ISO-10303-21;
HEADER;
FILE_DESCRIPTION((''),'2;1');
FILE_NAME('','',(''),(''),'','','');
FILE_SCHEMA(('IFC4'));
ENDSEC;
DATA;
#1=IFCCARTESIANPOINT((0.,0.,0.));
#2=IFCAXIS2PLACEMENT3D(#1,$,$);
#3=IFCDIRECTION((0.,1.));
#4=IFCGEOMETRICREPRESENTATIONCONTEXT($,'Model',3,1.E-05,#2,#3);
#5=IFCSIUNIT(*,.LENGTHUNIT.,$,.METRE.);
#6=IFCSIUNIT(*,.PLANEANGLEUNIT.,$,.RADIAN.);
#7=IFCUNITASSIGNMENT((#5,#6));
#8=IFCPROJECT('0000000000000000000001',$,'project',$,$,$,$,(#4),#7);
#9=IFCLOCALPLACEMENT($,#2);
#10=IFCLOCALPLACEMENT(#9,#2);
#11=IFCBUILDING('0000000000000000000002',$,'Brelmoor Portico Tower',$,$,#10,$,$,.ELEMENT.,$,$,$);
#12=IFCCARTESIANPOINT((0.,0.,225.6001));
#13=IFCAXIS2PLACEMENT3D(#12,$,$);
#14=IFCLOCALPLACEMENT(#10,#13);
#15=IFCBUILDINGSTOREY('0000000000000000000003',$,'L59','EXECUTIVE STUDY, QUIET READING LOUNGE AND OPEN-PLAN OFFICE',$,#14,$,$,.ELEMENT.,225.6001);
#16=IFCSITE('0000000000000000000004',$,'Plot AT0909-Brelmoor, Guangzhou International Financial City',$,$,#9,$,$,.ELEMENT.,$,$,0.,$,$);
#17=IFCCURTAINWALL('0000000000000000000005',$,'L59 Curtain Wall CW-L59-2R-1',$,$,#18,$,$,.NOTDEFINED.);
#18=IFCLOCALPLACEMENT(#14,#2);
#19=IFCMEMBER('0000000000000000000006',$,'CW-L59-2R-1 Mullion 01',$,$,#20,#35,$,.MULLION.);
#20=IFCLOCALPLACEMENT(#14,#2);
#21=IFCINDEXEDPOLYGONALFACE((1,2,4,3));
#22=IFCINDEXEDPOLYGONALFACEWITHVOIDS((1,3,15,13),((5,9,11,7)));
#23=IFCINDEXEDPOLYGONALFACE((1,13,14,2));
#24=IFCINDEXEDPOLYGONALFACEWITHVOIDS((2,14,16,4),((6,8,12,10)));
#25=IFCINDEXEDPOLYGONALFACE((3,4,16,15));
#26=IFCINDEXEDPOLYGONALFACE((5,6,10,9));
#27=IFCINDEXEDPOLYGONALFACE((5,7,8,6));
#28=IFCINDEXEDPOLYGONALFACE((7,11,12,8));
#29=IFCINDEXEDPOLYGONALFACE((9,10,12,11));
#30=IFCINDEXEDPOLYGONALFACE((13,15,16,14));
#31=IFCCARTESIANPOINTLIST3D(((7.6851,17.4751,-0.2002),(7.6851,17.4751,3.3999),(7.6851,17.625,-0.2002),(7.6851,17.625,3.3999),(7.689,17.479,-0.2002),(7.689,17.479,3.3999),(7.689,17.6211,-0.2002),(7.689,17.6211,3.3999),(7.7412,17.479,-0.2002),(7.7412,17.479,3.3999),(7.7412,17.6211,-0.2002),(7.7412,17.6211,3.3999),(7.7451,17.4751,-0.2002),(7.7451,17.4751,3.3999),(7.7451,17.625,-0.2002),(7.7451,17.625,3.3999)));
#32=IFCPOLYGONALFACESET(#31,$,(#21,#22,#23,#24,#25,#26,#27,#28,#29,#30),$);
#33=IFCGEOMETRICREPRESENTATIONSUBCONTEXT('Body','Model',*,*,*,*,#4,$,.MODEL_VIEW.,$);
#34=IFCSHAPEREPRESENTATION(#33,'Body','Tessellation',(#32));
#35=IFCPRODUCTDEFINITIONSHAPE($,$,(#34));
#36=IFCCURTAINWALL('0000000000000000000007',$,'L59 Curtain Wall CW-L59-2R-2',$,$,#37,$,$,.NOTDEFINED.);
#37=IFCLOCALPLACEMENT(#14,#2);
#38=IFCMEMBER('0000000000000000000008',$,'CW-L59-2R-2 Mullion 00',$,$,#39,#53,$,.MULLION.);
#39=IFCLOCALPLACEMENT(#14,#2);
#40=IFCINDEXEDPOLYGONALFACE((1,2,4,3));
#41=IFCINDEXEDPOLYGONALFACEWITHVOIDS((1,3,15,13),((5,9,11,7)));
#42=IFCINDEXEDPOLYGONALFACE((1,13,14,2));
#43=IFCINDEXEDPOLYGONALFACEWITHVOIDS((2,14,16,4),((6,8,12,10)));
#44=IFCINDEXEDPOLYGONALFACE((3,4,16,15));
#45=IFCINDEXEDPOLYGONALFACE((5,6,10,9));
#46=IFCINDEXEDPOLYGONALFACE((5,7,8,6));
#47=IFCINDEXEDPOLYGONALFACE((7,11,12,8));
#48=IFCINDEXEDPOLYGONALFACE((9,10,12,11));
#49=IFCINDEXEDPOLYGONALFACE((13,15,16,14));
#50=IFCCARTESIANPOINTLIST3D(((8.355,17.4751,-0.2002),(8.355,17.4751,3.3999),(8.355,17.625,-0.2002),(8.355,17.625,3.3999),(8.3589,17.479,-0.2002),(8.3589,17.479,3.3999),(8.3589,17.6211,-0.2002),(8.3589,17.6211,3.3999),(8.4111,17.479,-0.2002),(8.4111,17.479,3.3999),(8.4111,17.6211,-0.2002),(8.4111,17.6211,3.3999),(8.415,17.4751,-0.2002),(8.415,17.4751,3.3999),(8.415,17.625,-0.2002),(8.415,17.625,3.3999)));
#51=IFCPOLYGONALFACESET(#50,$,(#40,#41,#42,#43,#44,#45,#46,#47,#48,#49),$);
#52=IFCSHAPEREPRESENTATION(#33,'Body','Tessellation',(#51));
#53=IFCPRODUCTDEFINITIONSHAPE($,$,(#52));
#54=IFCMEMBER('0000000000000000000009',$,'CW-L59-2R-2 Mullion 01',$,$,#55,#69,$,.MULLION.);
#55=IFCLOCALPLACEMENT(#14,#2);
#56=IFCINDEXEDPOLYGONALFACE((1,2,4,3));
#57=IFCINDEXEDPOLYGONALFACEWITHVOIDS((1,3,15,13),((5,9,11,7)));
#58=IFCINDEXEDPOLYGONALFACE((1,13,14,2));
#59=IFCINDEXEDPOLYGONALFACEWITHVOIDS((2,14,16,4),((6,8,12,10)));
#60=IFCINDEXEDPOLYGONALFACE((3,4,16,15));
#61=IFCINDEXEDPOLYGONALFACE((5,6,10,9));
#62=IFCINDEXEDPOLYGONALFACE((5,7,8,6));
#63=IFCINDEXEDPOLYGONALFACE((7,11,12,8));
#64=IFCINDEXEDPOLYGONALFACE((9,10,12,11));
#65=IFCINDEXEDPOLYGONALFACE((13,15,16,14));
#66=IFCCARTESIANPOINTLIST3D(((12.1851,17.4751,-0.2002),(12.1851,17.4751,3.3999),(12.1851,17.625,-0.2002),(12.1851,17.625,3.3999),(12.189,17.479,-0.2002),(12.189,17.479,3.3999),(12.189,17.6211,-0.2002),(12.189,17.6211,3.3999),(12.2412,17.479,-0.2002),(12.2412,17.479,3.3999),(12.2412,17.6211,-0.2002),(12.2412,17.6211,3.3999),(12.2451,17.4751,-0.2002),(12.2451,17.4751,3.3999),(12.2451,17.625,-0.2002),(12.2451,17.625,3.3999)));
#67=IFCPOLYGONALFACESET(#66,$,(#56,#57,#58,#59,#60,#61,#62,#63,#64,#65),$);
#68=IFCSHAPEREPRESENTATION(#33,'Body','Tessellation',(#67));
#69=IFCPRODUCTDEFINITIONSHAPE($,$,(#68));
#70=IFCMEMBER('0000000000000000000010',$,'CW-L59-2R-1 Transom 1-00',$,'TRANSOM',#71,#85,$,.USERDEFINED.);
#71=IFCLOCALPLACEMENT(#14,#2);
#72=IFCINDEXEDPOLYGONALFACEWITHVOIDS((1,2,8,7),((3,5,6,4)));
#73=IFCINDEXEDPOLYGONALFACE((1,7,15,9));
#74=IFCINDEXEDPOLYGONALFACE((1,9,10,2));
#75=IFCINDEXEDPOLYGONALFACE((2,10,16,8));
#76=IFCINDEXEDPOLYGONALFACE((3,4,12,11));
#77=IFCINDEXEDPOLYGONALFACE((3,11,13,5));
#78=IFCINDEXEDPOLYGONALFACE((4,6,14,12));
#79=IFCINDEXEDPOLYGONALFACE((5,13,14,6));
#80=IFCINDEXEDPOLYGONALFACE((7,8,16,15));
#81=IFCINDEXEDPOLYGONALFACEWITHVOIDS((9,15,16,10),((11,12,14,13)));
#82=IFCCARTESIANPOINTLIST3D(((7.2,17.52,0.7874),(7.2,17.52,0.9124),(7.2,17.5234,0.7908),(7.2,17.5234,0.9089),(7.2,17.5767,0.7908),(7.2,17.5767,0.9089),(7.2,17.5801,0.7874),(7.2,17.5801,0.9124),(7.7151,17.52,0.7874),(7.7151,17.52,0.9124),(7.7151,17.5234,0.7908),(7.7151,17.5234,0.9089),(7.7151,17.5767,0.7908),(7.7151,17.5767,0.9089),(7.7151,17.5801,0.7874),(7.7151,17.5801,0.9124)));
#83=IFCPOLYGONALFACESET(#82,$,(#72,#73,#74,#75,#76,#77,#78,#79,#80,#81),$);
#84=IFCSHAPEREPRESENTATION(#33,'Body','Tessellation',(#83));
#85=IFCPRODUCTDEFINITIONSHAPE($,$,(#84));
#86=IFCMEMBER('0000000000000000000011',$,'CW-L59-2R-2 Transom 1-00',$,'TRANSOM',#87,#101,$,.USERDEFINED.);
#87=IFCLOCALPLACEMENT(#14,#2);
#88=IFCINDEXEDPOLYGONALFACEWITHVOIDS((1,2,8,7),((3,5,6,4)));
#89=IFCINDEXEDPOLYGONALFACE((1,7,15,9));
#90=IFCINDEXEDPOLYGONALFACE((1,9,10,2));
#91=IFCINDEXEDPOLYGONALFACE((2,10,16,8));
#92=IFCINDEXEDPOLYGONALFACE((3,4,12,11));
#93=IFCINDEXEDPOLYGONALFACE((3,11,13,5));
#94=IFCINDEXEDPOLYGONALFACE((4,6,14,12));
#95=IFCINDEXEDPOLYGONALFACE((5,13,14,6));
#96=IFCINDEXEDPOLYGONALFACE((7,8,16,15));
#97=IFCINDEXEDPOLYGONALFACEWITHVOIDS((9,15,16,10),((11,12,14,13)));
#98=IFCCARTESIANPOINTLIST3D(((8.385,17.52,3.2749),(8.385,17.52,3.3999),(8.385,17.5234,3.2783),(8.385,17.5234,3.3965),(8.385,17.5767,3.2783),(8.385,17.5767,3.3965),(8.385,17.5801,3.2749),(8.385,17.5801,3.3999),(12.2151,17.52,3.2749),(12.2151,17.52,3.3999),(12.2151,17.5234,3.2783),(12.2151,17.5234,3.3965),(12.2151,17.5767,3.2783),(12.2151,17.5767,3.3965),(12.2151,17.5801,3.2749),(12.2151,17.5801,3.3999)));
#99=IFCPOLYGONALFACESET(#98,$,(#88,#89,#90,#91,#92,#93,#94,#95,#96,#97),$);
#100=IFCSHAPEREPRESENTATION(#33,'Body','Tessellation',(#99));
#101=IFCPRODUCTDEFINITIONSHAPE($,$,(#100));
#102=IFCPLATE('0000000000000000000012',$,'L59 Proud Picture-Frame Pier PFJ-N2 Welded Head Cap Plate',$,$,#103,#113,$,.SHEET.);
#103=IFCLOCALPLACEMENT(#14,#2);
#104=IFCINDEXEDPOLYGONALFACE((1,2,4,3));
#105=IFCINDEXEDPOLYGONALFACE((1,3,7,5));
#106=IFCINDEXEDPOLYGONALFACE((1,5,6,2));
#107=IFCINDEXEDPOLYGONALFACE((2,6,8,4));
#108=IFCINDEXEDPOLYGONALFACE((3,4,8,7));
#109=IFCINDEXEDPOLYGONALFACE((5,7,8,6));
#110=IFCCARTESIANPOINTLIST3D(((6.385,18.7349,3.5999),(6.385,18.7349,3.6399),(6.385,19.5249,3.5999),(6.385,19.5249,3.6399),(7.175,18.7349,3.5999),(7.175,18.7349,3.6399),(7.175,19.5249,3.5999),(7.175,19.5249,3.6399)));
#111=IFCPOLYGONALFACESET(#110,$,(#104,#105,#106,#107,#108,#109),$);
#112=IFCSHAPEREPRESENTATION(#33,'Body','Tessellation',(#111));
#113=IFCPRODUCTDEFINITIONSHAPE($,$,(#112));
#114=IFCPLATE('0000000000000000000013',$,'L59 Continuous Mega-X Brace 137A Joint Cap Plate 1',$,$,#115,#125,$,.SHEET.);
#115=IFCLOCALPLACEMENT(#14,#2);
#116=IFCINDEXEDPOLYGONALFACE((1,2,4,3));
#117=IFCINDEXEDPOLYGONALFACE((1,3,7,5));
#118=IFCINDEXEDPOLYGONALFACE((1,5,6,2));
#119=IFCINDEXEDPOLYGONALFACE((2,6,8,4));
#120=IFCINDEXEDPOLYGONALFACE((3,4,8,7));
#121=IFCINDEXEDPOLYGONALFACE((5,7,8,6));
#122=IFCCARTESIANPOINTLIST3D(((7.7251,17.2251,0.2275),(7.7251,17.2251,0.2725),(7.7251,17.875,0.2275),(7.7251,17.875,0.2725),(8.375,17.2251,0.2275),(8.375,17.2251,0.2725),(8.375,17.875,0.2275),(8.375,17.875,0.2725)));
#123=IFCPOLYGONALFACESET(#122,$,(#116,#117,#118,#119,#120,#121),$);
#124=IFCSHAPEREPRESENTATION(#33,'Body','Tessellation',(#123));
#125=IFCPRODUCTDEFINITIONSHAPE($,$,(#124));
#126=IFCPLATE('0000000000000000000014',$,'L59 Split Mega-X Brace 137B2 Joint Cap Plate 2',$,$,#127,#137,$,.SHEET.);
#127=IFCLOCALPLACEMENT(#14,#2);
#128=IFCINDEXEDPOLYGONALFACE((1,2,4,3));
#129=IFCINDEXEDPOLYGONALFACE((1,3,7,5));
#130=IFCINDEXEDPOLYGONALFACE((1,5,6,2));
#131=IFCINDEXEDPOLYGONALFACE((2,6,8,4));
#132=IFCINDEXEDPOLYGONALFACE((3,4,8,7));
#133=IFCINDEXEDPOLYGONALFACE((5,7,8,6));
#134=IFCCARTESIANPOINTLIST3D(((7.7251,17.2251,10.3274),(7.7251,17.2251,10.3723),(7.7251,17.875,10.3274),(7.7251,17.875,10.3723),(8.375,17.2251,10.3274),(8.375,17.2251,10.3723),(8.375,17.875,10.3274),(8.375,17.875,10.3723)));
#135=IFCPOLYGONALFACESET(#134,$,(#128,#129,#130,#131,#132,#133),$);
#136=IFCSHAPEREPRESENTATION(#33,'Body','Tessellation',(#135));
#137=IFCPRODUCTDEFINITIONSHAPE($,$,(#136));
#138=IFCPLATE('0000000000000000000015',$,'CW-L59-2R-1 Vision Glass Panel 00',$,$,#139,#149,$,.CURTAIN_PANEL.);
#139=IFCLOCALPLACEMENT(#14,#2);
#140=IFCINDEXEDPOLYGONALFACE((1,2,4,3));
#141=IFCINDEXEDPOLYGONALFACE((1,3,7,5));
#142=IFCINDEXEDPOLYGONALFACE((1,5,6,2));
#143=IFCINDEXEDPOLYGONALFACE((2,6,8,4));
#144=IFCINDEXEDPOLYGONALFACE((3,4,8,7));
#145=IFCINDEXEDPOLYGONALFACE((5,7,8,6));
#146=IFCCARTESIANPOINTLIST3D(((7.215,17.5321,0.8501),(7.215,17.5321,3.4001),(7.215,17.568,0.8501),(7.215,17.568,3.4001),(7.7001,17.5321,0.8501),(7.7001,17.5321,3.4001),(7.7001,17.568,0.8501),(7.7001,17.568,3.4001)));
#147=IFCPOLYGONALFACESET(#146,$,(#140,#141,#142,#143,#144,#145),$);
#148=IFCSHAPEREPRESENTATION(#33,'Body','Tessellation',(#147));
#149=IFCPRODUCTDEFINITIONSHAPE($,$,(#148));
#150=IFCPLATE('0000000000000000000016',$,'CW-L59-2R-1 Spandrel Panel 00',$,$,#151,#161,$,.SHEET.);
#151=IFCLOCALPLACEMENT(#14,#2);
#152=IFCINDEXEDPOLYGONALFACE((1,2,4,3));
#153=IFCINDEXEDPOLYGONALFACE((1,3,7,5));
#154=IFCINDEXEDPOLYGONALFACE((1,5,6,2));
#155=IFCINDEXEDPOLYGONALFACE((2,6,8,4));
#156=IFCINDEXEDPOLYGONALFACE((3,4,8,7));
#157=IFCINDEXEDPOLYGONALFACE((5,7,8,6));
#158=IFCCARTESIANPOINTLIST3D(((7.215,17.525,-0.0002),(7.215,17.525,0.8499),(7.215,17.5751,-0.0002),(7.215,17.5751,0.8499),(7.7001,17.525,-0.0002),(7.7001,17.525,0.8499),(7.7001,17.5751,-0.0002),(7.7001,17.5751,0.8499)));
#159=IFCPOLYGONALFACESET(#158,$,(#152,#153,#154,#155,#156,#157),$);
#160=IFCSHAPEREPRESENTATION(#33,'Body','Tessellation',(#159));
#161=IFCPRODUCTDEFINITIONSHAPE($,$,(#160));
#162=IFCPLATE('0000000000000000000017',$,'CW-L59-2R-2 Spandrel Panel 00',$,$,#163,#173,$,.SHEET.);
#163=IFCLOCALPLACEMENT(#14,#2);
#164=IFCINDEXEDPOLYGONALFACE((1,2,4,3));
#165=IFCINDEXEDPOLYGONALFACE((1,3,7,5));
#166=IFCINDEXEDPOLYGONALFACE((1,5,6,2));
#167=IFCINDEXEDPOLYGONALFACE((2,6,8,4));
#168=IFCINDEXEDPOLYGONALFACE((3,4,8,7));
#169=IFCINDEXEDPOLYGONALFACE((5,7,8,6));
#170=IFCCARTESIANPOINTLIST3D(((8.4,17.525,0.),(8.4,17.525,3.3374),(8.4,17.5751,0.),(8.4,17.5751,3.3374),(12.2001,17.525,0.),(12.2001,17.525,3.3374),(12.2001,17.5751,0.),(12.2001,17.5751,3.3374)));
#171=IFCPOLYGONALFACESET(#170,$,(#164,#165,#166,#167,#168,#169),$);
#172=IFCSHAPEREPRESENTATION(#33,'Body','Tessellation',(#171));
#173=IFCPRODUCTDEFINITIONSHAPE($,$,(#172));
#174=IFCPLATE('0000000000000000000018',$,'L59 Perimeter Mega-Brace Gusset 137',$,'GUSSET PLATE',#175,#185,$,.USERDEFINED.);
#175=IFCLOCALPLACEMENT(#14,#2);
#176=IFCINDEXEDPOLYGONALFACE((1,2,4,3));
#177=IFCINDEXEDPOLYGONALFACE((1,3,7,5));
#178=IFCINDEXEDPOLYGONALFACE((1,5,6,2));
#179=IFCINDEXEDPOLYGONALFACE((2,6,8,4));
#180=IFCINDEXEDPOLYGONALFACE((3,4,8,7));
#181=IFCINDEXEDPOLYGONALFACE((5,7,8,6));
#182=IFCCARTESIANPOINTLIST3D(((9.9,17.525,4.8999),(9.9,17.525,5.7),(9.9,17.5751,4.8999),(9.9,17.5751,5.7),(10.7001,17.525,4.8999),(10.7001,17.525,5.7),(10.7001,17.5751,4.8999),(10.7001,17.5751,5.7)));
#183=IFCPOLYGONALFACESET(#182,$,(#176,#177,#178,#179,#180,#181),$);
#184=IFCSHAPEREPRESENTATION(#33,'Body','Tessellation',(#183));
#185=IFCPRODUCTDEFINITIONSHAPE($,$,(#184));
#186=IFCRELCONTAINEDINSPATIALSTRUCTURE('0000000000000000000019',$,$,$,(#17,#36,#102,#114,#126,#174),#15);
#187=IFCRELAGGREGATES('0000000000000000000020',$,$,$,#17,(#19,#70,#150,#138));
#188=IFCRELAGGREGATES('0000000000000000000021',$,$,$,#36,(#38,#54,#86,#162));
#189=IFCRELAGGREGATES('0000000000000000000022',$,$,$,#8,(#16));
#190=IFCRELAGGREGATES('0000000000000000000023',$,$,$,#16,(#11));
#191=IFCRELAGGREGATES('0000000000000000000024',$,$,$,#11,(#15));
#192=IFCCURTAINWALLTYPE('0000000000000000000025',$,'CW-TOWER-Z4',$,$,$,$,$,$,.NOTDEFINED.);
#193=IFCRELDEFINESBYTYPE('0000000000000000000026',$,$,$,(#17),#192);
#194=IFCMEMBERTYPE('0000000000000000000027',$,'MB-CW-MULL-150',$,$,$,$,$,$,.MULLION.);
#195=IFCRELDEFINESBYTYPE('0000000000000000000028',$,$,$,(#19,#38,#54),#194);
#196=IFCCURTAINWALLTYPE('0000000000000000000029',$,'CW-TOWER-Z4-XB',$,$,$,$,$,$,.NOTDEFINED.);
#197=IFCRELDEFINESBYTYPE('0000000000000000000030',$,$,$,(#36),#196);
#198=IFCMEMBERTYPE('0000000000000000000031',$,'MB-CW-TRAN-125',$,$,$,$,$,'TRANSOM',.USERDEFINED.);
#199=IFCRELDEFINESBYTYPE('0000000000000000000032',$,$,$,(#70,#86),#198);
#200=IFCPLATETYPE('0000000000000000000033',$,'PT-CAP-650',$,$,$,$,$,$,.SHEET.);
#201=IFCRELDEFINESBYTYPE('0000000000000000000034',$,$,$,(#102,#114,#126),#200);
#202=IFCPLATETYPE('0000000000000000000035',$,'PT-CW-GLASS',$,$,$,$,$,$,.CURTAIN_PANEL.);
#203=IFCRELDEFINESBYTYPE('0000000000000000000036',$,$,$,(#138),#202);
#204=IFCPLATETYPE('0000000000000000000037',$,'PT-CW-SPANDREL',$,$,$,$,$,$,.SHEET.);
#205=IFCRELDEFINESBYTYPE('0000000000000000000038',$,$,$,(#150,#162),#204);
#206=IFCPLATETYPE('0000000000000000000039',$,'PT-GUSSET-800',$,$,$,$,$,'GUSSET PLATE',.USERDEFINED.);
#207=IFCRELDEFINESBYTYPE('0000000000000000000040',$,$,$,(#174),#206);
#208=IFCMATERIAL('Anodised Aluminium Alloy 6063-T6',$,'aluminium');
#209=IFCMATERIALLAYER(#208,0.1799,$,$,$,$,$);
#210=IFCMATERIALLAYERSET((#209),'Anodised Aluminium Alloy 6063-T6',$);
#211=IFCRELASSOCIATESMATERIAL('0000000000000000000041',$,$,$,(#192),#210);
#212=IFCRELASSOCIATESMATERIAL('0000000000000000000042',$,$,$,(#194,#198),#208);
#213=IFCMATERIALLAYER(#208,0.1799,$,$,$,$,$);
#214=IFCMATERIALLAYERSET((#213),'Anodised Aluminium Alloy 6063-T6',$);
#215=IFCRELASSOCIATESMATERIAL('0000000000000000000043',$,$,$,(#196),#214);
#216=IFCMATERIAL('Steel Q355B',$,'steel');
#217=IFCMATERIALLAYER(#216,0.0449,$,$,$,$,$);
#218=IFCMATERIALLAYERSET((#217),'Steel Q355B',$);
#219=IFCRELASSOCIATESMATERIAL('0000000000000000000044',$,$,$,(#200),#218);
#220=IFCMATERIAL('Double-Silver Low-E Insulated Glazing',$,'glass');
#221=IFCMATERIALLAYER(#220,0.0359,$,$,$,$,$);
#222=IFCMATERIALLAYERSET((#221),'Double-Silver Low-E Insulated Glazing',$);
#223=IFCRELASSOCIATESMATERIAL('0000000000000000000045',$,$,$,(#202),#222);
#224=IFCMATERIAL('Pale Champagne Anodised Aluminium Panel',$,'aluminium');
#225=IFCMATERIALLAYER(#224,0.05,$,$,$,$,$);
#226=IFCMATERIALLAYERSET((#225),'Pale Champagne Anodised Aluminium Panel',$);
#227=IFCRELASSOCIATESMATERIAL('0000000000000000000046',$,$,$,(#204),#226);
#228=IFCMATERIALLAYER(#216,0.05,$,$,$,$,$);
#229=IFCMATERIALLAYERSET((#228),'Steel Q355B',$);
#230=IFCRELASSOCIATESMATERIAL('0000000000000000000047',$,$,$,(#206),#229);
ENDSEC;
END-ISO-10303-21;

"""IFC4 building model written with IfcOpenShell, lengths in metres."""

from ifc_helpers import new_model, si_unit, direction, frame, origin, origin_2d, place, context, subcontext, project, spatial, rectangle, hollow_rectangle, extrude, material, layer, layer_set, material_profile, profile_set, type_object, element, aggregate, save


model = new_model("IFC4")

# Units and contexts
model_context = context("Model", 3, precision=1e-05, world=origin(), true_north=direction((0.0, 1.0)))
body_context = subcontext(model_context, "Body", "Model", "MODEL_VIEW")
ifc_project = project(units=[si_unit("LENGTHUNIT", "METRE"), si_unit("PLANEANGLEUNIT", "RADIAN")], contexts=[model_context])

# Site, building, storey
site_placement = place(None, origin())
site = spatial("IfcSite", under=ifc_project, at=site_placement, Name="Plot AT0909-Brelmoor, Guangzhou International Financial City", CompositionType="ELEMENT", RefElevation=0.0)
building_placement = place(site_placement, origin())
building = spatial("IfcBuilding", under=site, at=building_placement, Name="Brelmoor Portico Tower", CompositionType="ELEMENT")
storey_placement = place(building_placement, frame((0.0, 0.0, 225.6001)))
storey = spatial("IfcBuildingStorey", under=building, at=storey_placement, Name="L59", Description="EXECUTIVE STUDY, QUIET READING LOUNGE AND OPEN-PLAN OFFICE", CompositionType="ELEMENT", Elevation=225.6001)

# Shared definitions
ifc_material_1 = material(Name="Steel Q355B", Category="steel")

# Curtain walls, members
ifc_material_2 = material(Name="Anodised Aluminium Alloy 6063-T6", Category="aluminium")
ifc_layer_1 = layer(ifc_material_2, 0.1799)
ifc_layer_set_1 = layer_set([ifc_layer_1], Name="Anodised Aluminium Alloy 6063-T6")
curtain_wall_type_1 = type_object("IfcCurtainWallType", Name="CW-TOWER-Z4", PredefinedType="NOTDEFINED", material=ifc_layer_set_1)
curtain_wall_1_placement = place(storey_placement, origin())
curtain_wall_1 = element("IfcCurtainWall", 1, at=curtain_wall_1_placement, inside=storey, type_object=curtain_wall_type_1, Name="L59 Curtain Wall CW-L59-2R-1", PredefinedType="NOTDEFINED")
ifc_material_profile_1 = material_profile(ifc_material_2, hollow_rectangle(XDim=0.0601, YDim=0.1499, WallThickness=0.0039, at=origin_2d()), Name="ALU MULLION 60x150")
ifc_profile_set_1 = profile_set([ifc_material_profile_1], Name="Anodised Aluminium Alloy 6063-T6")
member_type_1 = type_object("IfcMemberType", Name="MB-CW-MULL-150", PredefinedType="MULLION", material=ifc_profile_set_1)
member_1_placement = place(storey_placement, frame((7.7151, 17.55, -0.2002), z_axis=(0.0, 0.0, 1.0), x_axis=(1.0, 0.0, 0.0)))
member_1 = element("IfcMember", 2, at=member_1_placement, type_object=member_type_1, Name="CW-L59-2R-1 Mullion 01", PredefinedType="MULLION", context=body_context, shape_type="SweptSolid", body=[
    extrude(hollow_rectangle(XDim=0.0601, YDim=0.1499, WallThickness=0.0039, at=origin_2d()), origin(), (0.0, 0.0, 1.0), 3.6001),
])
ifc_layer_2 = layer(ifc_material_2, 0.1799)
ifc_layer_set_2 = layer_set([ifc_layer_2], Name="Anodised Aluminium Alloy 6063-T6")
curtain_wall_type_2 = type_object("IfcCurtainWallType", Name="CW-TOWER-Z4-XB", PredefinedType="NOTDEFINED", material=ifc_layer_set_2)
curtain_wall_2_placement = place(storey_placement, origin())
curtain_wall_2 = element("IfcCurtainWall", 3, at=curtain_wall_2_placement, inside=storey, type_object=curtain_wall_type_2, Name="L59 Curtain Wall CW-L59-2R-2", PredefinedType="NOTDEFINED")
member_2_placement = place(storey_placement, frame((8.385, 17.55, -0.2002), z_axis=(0.0, 0.0, 1.0), x_axis=(1.0, 0.0, 0.0)))
member_2 = element("IfcMember", 4, at=member_2_placement, type_object=member_type_1, Name="CW-L59-2R-2 Mullion 00", PredefinedType="MULLION", context=body_context, shape_type="SweptSolid", body=[
    extrude(hollow_rectangle(XDim=0.0601, YDim=0.1499, WallThickness=0.0039, at=origin_2d()), origin(), (0.0, 0.0, 1.0), 3.6001),
])
member_3_placement = place(storey_placement, frame((12.2151, 17.55, -0.2002), z_axis=(0.0, 0.0, 1.0), x_axis=(1.0, 0.0, 0.0)))
member_3 = element("IfcMember", 5, at=member_3_placement, type_object=member_type_1, Name="CW-L59-2R-2 Mullion 01", PredefinedType="MULLION", context=body_context, shape_type="SweptSolid", body=[
    extrude(hollow_rectangle(XDim=0.0601, YDim=0.1499, WallThickness=0.0039, at=origin_2d()), origin(), (0.0, 0.0, 1.0), 3.6001),
])

# Members
ifc_material_profile_2 = material_profile(ifc_material_2, hollow_rectangle(XDim=0.0601, YDim=0.125, WallThickness=0.0034, at=origin_2d()), Name="ALU TRANSOM 60x125")
ifc_profile_set_2 = profile_set([ifc_material_profile_2], Name="Anodised Aluminium Alloy 6063-T6")
member_type_2 = type_object("IfcMemberType", Name="MB-CW-TRAN-125", ElementType="TRANSOM", PredefinedType="USERDEFINED", material=ifc_profile_set_2)
member_4_placement = place(storey_placement, frame((7.2, 17.55, 0.8499), z_axis=(1.0, 0.0, 0.0), x_axis=(0.0, 1.0, 0.0)))
member_4 = element("IfcMember", 6, at=member_4_placement, type_object=member_type_2, Name="CW-L59-2R-1 Transom 1-00", ObjectType="TRANSOM", PredefinedType="USERDEFINED", context=body_context, shape_type="SweptSolid", body=[
    extrude(hollow_rectangle(XDim=0.0601, YDim=0.125, WallThickness=0.0034, at=origin_2d()), origin(), (0.0, 0.0, 1.0), 0.5151),
])
member_5_placement = place(storey_placement, frame((8.385, 17.55, 3.3374), z_axis=(1.0, 0.0, 0.0), x_axis=(0.0, 1.0, 0.0)))
member_5 = element("IfcMember", 7, at=member_5_placement, type_object=member_type_2, Name="CW-L59-2R-2 Transom 1-00", ObjectType="TRANSOM", PredefinedType="USERDEFINED", context=body_context, shape_type="SweptSolid", body=[
    extrude(hollow_rectangle(XDim=0.0601, YDim=0.125, WallThickness=0.0034, at=origin_2d()), origin(), (0.0, 0.0, 1.0), 3.8301),
])

# Plates
ifc_layer_3 = layer(ifc_material_1, 0.0449)
ifc_layer_set_3 = layer_set([ifc_layer_3], Name="Steel Q355B")
plate_type_1 = type_object("IfcPlateType", Name="PT-CAP-650", PredefinedType="SHEET", material=ifc_layer_set_3)
plate_1_placement = place(storey_placement, frame((6.78, 19.1299, 3.5999), z_axis=(0.0, 0.0, 1.0), x_axis=(1.0, 0.0, 0.0)))
element("IfcPlate", 8, at=plate_1_placement, inside=storey, type_object=plate_type_1, Name="L59 Proud Picture-Frame Pier PFJ-N2 Welded Head Cap Plate", PredefinedType="SHEET", context=body_context, shape_type="SweptSolid", body=[
    extrude(rectangle(XDim=0.79, YDim=0.79, at=origin_2d()), origin(), (0.0, 0.0, 1.0), 0.04),
])
for number, where, z_axis, x_axis, name in (
    (9, (8.05, 17.55, 0.2275), (0.0, 0.0, 1.0), (1.0, 0.0, 0.0), "L59 Continuous Mega-X Brace 137A Joint Cap Plate 1"),
    (10, (8.05, 17.55, 10.3274), (0.0, 0.0, 1.0), (1.0, 0.0, 0.0), "L59 Split Mega-X Brace 137B2 Joint Cap Plate 2"),
):
    element("IfcPlate", number, at=place(storey_placement, frame(where, z_axis=z_axis, x_axis=x_axis)), inside=storey, type_object=plate_type_1, Name=name, PredefinedType="SHEET", context=body_context, shape_type="SweptSolid", body=[
        extrude(rectangle(XDim=0.6499, YDim=0.6499, at=origin_2d()), origin(), (0.0, 0.0, 1.0), 0.0449),
    ])

# Plates
ifc_material_3 = material(Name="Double-Silver Low-E Insulated Glazing", Category="glass")
ifc_layer_4 = layer(ifc_material_3, 0.0359)
ifc_layer_set_4 = layer_set([ifc_layer_4], Name="Double-Silver Low-E Insulated Glazing")
plate_type_2 = type_object("IfcPlateType", Name="PT-CW-GLASS", PredefinedType="CURTAIN_PANEL", material=ifc_layer_set_4)
plate_2_placement = place(storey_placement, frame((7.4575, 17.55, 0.8501), z_axis=(0.0, 0.0, 1.0), x_axis=(1.0, 0.0, 0.0)))
plate_2 = element("IfcPlate", 11, at=plate_2_placement, type_object=plate_type_2, Name="CW-L59-2R-1 Vision Glass Panel 00", PredefinedType="CURTAIN_PANEL", context=body_context, shape_type="SweptSolid", body=[
    extrude(rectangle(XDim=0.4851, YDim=0.0359, at=origin_2d()), origin(), (0.0, 0.0, 1.0), 2.55),
])
ifc_material_4 = material(Name="Pale Champagne Anodised Aluminium Panel", Category="aluminium")
ifc_layer_5 = layer(ifc_material_4, 0.05)
ifc_layer_set_5 = layer_set([ifc_layer_5], Name="Pale Champagne Anodised Aluminium Panel")
plate_type_3 = type_object("IfcPlateType", Name="PT-CW-SPANDREL", PredefinedType="SHEET", material=ifc_layer_set_5)
plate_3_placement = place(storey_placement, frame((7.4575, 17.55, -0.0002), z_axis=(0.0, 0.0, 1.0), x_axis=(1.0, 0.0, 0.0)))
plate_3 = element("IfcPlate", 12, at=plate_3_placement, type_object=plate_type_3, Name="CW-L59-2R-1 Spandrel Panel 00", PredefinedType="SHEET", context=body_context, shape_type="SweptSolid", body=[
    extrude(rectangle(XDim=0.4851, YDim=0.05, at=origin_2d()), origin(), (0.0, 0.0, 1.0), 0.8501),
])
aggregate(curtain_wall_1, [member_1, member_4, plate_3, plate_2])
plate_4_placement = place(storey_placement, frame((10.3, 17.55, 0.0), z_axis=(0.0, 0.0, 1.0), x_axis=(1.0, 0.0, 0.0)))
plate_4 = element("IfcPlate", 13, at=plate_4_placement, type_object=plate_type_3, Name="CW-L59-2R-2 Spandrel Panel 00", PredefinedType="SHEET", context=body_context, shape_type="SweptSolid", body=[
    extrude(rectangle(XDim=3.8, YDim=0.05, at=origin_2d()), origin(), (0.0, 0.0, 1.0), 3.3374),
])
aggregate(curtain_wall_2, [member_2, member_3, member_5, plate_4])

# Plate
ifc_layer_6 = layer(ifc_material_1, 0.05)
ifc_layer_set_6 = layer_set([ifc_layer_6], Name="Steel Q355B")
plate_type_4 = type_object("IfcPlateType", Name="PT-GUSSET-800", ElementType="GUSSET PLATE", PredefinedType="USERDEFINED", material=ifc_layer_set_6)
plate_5_placement = place(storey_placement, frame((10.3, 17.55, 4.8999), z_axis=(0.0, 0.0, 1.0), x_axis=(1.0, 0.0, 0.0)))
element("IfcPlate", 14, at=plate_5_placement, inside=storey, type_object=plate_type_4, Name="L59 Perimeter Mega-Brace Gusset 137", ObjectType="GUSSET PLATE", PredefinedType="USERDEFINED", context=body_context, shape_type="SweptSolid", body=[
    extrude(rectangle(XDim=0.8, YDim=0.05, at=origin_2d()), origin(), (0.0, 0.0, 1.0), 0.8),
])

save(model, "model.ifc")
